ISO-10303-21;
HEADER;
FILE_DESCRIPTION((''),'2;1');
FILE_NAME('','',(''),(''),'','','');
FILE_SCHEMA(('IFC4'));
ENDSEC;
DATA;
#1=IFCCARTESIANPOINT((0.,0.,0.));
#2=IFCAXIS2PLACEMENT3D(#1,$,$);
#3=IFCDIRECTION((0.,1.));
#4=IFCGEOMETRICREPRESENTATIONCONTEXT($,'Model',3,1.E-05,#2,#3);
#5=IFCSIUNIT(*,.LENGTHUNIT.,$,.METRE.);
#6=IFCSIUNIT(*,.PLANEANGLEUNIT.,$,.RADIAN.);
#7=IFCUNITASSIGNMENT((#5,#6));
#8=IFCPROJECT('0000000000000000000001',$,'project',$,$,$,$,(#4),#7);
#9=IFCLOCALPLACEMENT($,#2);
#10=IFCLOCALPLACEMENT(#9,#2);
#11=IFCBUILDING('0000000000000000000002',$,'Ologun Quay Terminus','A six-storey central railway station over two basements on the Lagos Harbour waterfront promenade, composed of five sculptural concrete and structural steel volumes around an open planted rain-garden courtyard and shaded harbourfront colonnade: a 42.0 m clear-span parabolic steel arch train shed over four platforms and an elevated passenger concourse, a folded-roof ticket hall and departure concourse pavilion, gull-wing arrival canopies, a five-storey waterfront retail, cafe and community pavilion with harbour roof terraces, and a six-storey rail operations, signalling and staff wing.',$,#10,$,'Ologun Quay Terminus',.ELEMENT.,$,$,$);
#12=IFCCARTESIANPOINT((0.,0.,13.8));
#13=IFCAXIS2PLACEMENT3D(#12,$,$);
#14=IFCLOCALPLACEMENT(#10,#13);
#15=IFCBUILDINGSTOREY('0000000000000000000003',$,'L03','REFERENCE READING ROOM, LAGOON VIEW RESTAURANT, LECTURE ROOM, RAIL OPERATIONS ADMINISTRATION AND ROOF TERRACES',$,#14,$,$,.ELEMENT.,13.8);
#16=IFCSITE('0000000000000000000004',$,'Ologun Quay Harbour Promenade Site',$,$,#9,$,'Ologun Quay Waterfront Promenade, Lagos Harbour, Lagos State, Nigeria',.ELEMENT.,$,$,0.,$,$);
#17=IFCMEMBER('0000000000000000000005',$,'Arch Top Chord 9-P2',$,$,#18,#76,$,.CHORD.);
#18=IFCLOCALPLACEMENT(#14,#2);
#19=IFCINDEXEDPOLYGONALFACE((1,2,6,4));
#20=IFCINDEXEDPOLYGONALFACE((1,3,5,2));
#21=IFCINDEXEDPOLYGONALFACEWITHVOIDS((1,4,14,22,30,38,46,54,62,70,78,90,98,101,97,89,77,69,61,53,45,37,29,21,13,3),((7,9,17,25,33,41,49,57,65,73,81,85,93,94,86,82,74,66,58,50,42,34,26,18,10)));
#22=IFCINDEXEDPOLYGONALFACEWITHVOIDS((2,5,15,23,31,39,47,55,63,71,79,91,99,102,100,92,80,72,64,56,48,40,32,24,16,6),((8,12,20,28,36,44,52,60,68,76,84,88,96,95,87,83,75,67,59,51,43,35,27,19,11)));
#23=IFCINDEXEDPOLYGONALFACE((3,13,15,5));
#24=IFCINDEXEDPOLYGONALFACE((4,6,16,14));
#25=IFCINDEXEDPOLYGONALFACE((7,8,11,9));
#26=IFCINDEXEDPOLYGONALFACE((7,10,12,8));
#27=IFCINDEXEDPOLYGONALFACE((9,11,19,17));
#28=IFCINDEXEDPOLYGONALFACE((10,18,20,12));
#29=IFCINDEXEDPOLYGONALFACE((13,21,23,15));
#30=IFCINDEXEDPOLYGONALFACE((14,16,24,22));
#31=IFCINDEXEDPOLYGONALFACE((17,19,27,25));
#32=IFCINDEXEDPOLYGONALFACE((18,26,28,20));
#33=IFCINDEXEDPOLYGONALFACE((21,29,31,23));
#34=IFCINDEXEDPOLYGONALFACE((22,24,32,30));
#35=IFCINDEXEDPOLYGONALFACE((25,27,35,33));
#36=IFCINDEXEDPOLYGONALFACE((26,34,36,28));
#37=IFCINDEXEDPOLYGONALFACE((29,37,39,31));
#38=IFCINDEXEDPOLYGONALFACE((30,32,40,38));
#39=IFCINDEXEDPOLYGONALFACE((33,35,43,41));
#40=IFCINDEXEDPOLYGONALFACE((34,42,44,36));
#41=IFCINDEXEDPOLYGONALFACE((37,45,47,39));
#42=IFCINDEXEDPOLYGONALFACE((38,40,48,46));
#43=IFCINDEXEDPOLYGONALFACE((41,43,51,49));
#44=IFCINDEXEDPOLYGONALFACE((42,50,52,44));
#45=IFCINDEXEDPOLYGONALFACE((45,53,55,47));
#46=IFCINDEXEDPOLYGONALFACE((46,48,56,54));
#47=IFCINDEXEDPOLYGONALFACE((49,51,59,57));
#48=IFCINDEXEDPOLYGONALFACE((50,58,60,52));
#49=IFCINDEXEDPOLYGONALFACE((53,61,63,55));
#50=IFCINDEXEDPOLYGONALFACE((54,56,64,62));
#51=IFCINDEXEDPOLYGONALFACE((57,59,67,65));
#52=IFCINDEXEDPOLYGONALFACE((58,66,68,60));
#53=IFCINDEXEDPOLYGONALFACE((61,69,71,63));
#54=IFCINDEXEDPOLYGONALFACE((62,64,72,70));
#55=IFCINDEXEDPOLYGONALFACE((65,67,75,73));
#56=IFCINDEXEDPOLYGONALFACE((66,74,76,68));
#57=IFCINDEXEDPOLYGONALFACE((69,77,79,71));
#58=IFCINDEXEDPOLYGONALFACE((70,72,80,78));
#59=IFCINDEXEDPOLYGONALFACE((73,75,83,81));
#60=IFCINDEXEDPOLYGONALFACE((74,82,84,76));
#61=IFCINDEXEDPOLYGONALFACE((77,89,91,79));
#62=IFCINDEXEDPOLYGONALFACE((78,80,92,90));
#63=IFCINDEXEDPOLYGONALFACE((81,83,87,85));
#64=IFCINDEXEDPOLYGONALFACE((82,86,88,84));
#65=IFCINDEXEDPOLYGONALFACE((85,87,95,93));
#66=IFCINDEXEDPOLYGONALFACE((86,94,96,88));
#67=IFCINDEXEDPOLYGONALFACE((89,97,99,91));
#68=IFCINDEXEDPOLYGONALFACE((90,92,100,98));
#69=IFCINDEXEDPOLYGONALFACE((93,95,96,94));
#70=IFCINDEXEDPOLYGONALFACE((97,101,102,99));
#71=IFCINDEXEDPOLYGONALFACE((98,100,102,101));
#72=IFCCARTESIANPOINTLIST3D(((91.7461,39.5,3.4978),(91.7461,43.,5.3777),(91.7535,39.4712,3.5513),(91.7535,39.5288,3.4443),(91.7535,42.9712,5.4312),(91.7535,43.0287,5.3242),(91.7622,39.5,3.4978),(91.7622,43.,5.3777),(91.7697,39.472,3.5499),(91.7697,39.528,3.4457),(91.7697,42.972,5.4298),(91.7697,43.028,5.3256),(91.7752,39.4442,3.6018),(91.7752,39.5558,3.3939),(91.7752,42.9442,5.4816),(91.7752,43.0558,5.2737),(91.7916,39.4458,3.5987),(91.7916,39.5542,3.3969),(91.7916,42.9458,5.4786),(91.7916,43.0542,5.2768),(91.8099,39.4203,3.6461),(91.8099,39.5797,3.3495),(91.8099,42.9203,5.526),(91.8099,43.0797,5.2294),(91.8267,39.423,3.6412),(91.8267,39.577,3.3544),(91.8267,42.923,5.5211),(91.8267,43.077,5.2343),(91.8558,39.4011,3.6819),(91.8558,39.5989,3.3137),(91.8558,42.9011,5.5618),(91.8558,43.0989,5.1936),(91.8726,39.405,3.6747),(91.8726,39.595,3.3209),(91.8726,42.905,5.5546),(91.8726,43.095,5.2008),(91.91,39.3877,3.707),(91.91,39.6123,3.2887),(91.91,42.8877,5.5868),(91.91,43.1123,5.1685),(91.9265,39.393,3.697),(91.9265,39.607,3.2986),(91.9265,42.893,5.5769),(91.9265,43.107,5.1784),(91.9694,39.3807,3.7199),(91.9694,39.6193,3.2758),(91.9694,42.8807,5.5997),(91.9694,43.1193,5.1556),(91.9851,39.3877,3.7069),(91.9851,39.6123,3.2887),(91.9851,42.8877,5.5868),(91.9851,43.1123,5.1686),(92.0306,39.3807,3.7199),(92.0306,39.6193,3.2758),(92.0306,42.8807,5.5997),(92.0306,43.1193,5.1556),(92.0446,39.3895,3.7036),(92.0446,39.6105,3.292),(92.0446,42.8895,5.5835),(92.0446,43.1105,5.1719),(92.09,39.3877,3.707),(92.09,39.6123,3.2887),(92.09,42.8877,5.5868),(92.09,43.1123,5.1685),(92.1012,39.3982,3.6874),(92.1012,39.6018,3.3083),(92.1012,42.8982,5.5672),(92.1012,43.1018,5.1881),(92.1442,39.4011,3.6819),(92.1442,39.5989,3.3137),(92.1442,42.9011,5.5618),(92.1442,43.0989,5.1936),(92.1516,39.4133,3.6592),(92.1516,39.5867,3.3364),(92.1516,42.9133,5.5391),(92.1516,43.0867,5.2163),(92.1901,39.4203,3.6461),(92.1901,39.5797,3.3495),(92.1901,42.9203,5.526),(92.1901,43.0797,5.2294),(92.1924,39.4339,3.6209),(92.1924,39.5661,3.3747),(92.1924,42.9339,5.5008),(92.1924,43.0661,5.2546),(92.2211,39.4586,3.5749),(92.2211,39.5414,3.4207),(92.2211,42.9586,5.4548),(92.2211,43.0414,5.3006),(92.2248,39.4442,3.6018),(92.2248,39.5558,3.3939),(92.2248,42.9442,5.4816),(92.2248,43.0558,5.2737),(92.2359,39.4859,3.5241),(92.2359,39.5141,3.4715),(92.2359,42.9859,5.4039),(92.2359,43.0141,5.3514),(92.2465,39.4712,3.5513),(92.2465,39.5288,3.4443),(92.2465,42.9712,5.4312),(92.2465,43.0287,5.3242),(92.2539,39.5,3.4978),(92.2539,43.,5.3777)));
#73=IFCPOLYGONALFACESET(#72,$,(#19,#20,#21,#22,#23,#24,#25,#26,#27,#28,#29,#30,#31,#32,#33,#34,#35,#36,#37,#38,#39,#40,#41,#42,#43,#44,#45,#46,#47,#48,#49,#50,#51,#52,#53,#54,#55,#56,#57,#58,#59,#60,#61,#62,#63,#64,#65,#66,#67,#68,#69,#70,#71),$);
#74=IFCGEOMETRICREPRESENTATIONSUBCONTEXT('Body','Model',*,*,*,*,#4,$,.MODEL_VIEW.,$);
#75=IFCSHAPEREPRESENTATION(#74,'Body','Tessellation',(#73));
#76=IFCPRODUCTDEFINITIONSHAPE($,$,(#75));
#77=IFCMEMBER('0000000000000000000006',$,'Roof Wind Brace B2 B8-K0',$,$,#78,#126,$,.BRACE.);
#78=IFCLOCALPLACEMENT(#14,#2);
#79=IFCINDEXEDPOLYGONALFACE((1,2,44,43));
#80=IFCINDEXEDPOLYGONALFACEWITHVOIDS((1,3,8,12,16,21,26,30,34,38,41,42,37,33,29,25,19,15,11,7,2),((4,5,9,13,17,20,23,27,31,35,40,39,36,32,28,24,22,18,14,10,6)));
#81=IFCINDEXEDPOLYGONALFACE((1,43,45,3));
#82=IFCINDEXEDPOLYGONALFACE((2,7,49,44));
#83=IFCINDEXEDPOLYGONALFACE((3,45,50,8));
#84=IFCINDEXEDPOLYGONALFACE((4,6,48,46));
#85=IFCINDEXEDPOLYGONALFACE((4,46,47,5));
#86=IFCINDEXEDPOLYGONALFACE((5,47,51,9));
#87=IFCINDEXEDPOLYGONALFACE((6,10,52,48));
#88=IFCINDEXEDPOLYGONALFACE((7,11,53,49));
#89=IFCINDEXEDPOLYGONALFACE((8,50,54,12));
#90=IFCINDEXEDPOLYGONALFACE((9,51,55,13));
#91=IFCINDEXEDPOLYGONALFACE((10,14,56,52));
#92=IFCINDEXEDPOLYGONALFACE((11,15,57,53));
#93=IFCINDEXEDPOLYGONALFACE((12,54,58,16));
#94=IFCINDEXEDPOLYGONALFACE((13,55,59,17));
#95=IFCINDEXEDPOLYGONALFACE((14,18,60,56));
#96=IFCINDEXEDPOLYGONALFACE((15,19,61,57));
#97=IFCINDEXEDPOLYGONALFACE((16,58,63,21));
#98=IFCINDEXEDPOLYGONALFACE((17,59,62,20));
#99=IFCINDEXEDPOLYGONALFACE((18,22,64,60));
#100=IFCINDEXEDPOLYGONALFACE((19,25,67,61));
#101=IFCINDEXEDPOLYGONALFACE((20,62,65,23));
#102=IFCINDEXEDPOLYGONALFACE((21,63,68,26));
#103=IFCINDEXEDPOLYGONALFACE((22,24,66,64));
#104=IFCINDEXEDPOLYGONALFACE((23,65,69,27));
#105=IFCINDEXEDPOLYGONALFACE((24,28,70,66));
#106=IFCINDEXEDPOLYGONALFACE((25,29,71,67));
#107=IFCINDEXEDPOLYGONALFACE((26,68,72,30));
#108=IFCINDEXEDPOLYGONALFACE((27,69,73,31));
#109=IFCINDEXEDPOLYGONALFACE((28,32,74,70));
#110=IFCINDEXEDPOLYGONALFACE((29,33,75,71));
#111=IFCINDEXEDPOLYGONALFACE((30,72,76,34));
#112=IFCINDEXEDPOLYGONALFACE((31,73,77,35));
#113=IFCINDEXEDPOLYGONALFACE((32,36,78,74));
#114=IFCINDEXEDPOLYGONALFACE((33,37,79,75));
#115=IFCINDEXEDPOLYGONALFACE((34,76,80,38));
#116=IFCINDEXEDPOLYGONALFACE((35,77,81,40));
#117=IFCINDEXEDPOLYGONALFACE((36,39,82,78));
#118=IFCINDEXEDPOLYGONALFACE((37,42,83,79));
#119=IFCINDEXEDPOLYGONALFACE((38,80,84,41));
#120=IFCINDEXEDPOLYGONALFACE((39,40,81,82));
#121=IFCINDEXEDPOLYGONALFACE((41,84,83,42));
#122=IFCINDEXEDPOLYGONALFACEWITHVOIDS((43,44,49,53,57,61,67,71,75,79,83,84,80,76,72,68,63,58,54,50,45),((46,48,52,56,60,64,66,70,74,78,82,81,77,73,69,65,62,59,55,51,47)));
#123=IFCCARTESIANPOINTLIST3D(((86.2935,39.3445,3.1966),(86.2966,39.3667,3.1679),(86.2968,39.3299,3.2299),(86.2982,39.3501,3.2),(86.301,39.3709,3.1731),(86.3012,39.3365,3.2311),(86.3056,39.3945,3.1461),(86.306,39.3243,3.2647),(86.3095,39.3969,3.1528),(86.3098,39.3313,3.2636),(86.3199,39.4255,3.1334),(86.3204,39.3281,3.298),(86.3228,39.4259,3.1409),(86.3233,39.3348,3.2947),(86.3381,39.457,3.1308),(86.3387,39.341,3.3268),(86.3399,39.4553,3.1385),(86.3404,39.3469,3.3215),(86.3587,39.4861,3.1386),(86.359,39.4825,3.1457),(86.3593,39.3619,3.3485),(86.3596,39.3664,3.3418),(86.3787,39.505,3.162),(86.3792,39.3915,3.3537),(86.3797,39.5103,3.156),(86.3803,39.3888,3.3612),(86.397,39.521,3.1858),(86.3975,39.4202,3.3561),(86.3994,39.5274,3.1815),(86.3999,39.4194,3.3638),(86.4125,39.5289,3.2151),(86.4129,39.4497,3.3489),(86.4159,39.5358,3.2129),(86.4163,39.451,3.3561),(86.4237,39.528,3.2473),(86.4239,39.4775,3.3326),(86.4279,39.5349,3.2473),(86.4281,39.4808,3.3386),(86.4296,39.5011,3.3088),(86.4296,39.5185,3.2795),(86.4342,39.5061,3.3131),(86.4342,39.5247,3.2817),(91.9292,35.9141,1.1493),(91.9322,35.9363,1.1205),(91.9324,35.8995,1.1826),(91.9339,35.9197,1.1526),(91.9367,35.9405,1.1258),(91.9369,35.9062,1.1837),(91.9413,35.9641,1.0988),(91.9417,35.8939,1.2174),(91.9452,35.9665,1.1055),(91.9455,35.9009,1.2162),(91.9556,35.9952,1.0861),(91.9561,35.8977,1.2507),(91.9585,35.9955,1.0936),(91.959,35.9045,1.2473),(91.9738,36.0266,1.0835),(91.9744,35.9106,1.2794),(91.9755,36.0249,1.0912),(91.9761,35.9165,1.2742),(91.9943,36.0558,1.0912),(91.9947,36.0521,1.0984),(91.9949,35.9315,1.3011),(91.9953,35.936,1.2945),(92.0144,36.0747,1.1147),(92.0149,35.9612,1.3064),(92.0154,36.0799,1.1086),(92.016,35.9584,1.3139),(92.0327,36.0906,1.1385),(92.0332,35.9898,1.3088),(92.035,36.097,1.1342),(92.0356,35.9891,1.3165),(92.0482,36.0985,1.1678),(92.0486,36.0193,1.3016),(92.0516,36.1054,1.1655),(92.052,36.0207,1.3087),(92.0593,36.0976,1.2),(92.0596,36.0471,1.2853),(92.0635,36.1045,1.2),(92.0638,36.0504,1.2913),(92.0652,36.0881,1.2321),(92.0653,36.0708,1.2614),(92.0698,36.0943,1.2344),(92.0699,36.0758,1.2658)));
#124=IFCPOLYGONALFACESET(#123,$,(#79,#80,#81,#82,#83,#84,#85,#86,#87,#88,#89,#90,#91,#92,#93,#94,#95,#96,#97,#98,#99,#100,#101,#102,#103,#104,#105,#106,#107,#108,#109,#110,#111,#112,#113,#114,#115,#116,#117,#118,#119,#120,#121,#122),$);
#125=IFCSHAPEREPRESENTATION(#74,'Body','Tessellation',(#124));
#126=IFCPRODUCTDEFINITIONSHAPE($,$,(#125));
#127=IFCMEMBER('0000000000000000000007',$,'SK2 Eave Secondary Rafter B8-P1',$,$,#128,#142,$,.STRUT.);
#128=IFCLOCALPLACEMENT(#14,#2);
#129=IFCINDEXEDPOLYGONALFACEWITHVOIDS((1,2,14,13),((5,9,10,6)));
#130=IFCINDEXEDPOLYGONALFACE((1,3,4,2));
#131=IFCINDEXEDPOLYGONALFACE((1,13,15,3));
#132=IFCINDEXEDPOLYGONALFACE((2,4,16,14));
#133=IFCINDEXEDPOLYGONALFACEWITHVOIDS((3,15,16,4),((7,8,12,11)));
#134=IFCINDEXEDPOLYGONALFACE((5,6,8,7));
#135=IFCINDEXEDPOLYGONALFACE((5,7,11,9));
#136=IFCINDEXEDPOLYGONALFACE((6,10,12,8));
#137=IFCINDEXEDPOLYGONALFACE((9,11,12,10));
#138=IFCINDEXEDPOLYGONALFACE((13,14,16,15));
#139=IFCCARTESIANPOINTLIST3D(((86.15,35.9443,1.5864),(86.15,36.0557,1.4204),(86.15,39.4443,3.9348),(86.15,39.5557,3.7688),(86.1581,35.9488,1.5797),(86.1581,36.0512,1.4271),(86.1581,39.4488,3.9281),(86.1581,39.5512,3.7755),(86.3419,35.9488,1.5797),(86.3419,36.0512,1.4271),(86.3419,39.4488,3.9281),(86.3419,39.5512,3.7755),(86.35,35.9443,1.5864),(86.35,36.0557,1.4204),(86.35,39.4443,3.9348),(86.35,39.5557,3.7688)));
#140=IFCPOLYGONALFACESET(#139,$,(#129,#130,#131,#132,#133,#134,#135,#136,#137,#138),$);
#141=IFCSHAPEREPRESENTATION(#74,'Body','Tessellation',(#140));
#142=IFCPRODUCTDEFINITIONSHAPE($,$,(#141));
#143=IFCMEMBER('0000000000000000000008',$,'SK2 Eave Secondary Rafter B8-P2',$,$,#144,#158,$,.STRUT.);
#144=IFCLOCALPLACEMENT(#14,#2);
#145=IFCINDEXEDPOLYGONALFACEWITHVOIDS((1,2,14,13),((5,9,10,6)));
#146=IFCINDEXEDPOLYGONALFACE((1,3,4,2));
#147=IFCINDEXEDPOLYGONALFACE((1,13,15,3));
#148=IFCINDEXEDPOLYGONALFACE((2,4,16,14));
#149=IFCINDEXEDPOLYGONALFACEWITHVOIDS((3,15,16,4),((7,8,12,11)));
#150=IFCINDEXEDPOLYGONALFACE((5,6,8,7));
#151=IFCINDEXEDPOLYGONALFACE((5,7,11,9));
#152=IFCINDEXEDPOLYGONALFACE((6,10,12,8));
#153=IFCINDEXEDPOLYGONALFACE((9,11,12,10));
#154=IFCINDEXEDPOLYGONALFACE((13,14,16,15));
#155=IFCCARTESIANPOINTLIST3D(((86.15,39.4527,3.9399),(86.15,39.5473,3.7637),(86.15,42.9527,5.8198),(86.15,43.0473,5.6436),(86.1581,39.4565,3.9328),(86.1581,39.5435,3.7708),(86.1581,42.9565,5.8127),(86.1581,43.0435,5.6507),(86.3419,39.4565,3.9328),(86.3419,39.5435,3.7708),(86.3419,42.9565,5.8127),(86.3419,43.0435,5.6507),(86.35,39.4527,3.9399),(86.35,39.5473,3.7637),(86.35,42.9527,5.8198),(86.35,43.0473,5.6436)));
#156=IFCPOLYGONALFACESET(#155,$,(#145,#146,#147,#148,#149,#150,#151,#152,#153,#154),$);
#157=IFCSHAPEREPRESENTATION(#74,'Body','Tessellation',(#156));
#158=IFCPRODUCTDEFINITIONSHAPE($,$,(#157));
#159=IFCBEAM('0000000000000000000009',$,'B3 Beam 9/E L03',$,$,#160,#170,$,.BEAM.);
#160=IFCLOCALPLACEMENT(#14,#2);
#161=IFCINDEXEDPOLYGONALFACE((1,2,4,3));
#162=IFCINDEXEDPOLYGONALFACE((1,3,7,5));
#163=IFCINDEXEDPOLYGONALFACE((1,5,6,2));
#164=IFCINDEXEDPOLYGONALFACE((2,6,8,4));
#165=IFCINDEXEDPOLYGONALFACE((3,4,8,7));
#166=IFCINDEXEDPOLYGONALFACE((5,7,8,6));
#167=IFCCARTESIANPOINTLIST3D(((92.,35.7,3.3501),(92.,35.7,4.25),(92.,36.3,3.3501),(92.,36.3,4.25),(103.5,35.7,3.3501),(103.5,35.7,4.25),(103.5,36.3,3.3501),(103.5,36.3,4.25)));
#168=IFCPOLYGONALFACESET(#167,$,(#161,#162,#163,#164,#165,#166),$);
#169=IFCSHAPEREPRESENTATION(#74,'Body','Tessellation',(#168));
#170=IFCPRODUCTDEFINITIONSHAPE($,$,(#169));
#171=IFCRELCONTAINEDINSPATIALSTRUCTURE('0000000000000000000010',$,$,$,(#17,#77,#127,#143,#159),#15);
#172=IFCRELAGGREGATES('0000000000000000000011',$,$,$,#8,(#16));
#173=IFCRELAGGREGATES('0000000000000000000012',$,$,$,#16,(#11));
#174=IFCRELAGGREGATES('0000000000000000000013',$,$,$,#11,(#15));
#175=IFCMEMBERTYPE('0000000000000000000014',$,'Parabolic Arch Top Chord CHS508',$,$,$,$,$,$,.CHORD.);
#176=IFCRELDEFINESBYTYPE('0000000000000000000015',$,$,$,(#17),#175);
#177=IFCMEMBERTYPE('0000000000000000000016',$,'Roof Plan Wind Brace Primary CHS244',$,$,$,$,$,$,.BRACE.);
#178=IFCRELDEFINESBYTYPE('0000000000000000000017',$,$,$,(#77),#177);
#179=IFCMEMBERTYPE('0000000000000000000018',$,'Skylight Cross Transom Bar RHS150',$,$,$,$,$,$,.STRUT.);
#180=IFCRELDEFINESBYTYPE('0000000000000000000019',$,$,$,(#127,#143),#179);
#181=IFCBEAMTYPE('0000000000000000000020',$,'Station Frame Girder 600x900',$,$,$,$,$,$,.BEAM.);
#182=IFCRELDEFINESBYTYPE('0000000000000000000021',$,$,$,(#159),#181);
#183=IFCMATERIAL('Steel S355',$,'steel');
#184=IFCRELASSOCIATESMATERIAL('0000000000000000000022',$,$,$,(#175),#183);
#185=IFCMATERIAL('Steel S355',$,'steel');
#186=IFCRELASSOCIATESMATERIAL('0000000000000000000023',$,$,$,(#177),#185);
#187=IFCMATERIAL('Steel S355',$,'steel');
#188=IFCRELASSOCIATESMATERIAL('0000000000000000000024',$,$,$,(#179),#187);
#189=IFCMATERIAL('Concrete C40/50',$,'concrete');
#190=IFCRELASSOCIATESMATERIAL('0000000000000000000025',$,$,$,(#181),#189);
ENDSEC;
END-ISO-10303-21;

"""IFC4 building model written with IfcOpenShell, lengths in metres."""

from ifc_helpers import new_model, si_unit, direction, frame, origin, origin_2d, place, context, subcontext, project, spatial, rectangle, hollow_rectangle, hollow_circle, extrude, material, material_profile, profile_set, type_object, element, save


model = new_model("IFC4")

# Units and contexts
model_context = context("Model", 3, precision=1e-05, world=origin(), true_north=direction((0.0, 1.0)))
body_context = subcontext(model_context, "Body", "Model", "MODEL_VIEW")
ifc_project = project(units=[si_unit("LENGTHUNIT", "METRE"), si_unit("PLANEANGLEUNIT", "RADIAN")], contexts=[model_context])

# Site, building, storey
site_placement = place(None, origin())
site = spatial("IfcSite", under=ifc_project, at=site_placement, Name="Ologun Quay Harbour Promenade Site", LongName="Ologun Quay Waterfront Promenade, Lagos Harbour, Lagos State, Nigeria", CompositionType="ELEMENT", RefElevation=0.0)
building_placement = place(site_placement, origin())
building = spatial("IfcBuilding", under=site, at=building_placement, Name="Ologun Quay Terminus", Description="A six-storey central railway station over two basements on the Lagos Harbour waterfront promenade, composed of five sculptural concrete and structural steel volumes around an open planted rain-garden courtyard and shaded harbourfront colonnade: a 42.0 m clear-span parabolic steel arch train shed over four platforms and an elevated passenger concourse, a folded-roof ticket hall and departure concourse pavilion, gull-wing arrival canopies, a five-storey waterfront retail, cafe and community pavilion with harbour roof terraces, and a six-storey rail operations, signalling and staff wing.", LongName="Ologun Quay Terminus", CompositionType="ELEMENT")
storey_placement = place(building_placement, frame((0.0, 0.0, 13.8)))
storey = spatial("IfcBuildingStorey", under=building, at=storey_placement, Name="L03", Description="REFERENCE READING ROOM, LAGOON VIEW RESTAURANT, LECTURE ROOM, RAIL OPERATIONS ADMINISTRATION AND ROOF TERRACES", CompositionType="ELEMENT", Elevation=13.8)

# Members
ifc_material_1 = material(Name="Steel S355", Category="steel")
ifc_material_profile_1 = material_profile(ifc_material_1, hollow_circle(Radius=0.2539, WallThickness=0.0161, at=origin_2d()), Name="CHS 508x16")
ifc_profile_set_1 = profile_set([ifc_material_profile_1], Name="Steel S355")
member_type_1 = type_object("IfcMemberType", Name="Parabolic Arch Top Chord CHS508", PredefinedType="CHORD", material=ifc_profile_set_1)
member_1_placement = place(storey_placement, frame((92.0, 39.5, 3.4978), z_axis=(0.0, 0.880968, 0.473176), x_axis=(-1.0, 0.0, 0.0)))
element("IfcMember", 1, at=member_1_placement, inside=storey, type_object=member_type_1, Name="Arch Top Chord 9-P2", PredefinedType="CHORD", context=body_context, shape_type="SweptSolid", body=[
    extrude(hollow_circle(Radius=0.2539, WallThickness=0.0161, at=origin_2d()), origin(), (0.0, 0.0, 1.0), 3.9729),
])
ifc_material_2 = material(Name="Steel S355", Category="steel")
ifc_material_profile_2 = material_profile(ifc_material_2, hollow_circle(Radius=0.1223, WallThickness=0.0081, at=origin_2d()), Name="CHS 244.5x8")
ifc_profile_set_2 = profile_set([ifc_material_profile_2], Name="Steel S355")
member_type_2 = type_object("IfcMemberType", Name="Roof Plan Wind Brace Primary CHS244", PredefinedType="BRACE", material=ifc_profile_set_2)
member_2_placement = place(storey_placement, frame((86.3643, 39.4304, 3.2473), z_axis=(0.815823, -0.496583, -0.296374), x_axis=(0.519943, 0.854201, 0.0)))
element("IfcMember", 2, at=member_2_placement, inside=storey, type_object=member_type_2, Name="Roof Wind Brace B2 B8-K0", PredefinedType="BRACE", context=body_context, shape_type="SweptSolid", body=[
    extrude(hollow_circle(Radius=0.1223, WallThickness=0.0081, at=origin_2d()), origin(), (0.0, 0.0, 1.0), 6.908),
])
ifc_material_3 = material(Name="Steel S355", Category="steel")
ifc_material_profile_3 = material_profile(ifc_material_3, hollow_rectangle(XDim=0.2, YDim=0.2, WallThickness=0.0081, at=origin_2d()), Name="SHS 200x200x8")
ifc_profile_set_3 = profile_set([ifc_material_profile_3], Name="Steel S355")
member_type_3 = type_object("IfcMemberType", Name="Skylight Cross Transom Bar RHS150", PredefinedType="STRUT", material=ifc_profile_set_3)
member_3_placement = place(storey_placement, frame((86.25, 36.0, 1.5034), z_axis=(0.0, 0.830398, 0.557171), x_axis=(-1.0, 0.0, 0.0)))
element("IfcMember", 3, at=member_3_placement, inside=storey, type_object=member_type_3, Name="SK2 Eave Secondary Rafter B8-P1", PredefinedType="STRUT", context=body_context, shape_type="SweptSolid", body=[
    extrude(hollow_rectangle(XDim=0.2, YDim=0.2, WallThickness=0.0081, at=origin_2d()), origin(), (0.0, 0.0, 1.0), 4.2148),
])
member_4_placement = place(storey_placement, frame((86.25, 39.5, 3.8518), z_axis=(0.0, 0.880968, 0.473176), x_axis=(-1.0, 0.0, 0.0)))
element("IfcMember", 4, at=member_4_placement, inside=storey, type_object=member_type_3, Name="SK2 Eave Secondary Rafter B8-P2", PredefinedType="STRUT", context=body_context, shape_type="SweptSolid", body=[
    extrude(hollow_rectangle(XDim=0.2, YDim=0.2, WallThickness=0.0081, at=origin_2d()), origin(), (0.0, 0.0, 1.0), 3.9729),
])

# Beam
ifc_material_4 = material(Name="Concrete C40/50", Category="concrete")
ifc_material_profile_4 = material_profile(ifc_material_4, rectangle(XDim=0.6001, YDim=0.8999, at=origin_2d()), Name="RC 600x900")
ifc_profile_set_4 = profile_set([ifc_material_profile_4], Name="Concrete C40/50")
beam_type = type_object("IfcBeamType", Name="Station Frame Girder 600x900", PredefinedType="BEAM", material=ifc_profile_set_4)
beam_placement = place(storey_placement, frame((92.0, 36.0, 3.8), z_axis=(1.0, 0.0, 0.0), x_axis=(0.0, 1.0, 0.0)))
element("IfcBeam", 5, at=beam_placement, inside=storey, type_object=beam_type, Name="B3 Beam 9/E L03", PredefinedType="BEAM", context=body_context, shape_type="SweptSolid", body=[
    extrude(rectangle(XDim=0.6001, YDim=0.8999, at=origin_2d()), origin(), (0.0, 0.0, 1.0), 11.5),
])

save(model, "model.ifc")
